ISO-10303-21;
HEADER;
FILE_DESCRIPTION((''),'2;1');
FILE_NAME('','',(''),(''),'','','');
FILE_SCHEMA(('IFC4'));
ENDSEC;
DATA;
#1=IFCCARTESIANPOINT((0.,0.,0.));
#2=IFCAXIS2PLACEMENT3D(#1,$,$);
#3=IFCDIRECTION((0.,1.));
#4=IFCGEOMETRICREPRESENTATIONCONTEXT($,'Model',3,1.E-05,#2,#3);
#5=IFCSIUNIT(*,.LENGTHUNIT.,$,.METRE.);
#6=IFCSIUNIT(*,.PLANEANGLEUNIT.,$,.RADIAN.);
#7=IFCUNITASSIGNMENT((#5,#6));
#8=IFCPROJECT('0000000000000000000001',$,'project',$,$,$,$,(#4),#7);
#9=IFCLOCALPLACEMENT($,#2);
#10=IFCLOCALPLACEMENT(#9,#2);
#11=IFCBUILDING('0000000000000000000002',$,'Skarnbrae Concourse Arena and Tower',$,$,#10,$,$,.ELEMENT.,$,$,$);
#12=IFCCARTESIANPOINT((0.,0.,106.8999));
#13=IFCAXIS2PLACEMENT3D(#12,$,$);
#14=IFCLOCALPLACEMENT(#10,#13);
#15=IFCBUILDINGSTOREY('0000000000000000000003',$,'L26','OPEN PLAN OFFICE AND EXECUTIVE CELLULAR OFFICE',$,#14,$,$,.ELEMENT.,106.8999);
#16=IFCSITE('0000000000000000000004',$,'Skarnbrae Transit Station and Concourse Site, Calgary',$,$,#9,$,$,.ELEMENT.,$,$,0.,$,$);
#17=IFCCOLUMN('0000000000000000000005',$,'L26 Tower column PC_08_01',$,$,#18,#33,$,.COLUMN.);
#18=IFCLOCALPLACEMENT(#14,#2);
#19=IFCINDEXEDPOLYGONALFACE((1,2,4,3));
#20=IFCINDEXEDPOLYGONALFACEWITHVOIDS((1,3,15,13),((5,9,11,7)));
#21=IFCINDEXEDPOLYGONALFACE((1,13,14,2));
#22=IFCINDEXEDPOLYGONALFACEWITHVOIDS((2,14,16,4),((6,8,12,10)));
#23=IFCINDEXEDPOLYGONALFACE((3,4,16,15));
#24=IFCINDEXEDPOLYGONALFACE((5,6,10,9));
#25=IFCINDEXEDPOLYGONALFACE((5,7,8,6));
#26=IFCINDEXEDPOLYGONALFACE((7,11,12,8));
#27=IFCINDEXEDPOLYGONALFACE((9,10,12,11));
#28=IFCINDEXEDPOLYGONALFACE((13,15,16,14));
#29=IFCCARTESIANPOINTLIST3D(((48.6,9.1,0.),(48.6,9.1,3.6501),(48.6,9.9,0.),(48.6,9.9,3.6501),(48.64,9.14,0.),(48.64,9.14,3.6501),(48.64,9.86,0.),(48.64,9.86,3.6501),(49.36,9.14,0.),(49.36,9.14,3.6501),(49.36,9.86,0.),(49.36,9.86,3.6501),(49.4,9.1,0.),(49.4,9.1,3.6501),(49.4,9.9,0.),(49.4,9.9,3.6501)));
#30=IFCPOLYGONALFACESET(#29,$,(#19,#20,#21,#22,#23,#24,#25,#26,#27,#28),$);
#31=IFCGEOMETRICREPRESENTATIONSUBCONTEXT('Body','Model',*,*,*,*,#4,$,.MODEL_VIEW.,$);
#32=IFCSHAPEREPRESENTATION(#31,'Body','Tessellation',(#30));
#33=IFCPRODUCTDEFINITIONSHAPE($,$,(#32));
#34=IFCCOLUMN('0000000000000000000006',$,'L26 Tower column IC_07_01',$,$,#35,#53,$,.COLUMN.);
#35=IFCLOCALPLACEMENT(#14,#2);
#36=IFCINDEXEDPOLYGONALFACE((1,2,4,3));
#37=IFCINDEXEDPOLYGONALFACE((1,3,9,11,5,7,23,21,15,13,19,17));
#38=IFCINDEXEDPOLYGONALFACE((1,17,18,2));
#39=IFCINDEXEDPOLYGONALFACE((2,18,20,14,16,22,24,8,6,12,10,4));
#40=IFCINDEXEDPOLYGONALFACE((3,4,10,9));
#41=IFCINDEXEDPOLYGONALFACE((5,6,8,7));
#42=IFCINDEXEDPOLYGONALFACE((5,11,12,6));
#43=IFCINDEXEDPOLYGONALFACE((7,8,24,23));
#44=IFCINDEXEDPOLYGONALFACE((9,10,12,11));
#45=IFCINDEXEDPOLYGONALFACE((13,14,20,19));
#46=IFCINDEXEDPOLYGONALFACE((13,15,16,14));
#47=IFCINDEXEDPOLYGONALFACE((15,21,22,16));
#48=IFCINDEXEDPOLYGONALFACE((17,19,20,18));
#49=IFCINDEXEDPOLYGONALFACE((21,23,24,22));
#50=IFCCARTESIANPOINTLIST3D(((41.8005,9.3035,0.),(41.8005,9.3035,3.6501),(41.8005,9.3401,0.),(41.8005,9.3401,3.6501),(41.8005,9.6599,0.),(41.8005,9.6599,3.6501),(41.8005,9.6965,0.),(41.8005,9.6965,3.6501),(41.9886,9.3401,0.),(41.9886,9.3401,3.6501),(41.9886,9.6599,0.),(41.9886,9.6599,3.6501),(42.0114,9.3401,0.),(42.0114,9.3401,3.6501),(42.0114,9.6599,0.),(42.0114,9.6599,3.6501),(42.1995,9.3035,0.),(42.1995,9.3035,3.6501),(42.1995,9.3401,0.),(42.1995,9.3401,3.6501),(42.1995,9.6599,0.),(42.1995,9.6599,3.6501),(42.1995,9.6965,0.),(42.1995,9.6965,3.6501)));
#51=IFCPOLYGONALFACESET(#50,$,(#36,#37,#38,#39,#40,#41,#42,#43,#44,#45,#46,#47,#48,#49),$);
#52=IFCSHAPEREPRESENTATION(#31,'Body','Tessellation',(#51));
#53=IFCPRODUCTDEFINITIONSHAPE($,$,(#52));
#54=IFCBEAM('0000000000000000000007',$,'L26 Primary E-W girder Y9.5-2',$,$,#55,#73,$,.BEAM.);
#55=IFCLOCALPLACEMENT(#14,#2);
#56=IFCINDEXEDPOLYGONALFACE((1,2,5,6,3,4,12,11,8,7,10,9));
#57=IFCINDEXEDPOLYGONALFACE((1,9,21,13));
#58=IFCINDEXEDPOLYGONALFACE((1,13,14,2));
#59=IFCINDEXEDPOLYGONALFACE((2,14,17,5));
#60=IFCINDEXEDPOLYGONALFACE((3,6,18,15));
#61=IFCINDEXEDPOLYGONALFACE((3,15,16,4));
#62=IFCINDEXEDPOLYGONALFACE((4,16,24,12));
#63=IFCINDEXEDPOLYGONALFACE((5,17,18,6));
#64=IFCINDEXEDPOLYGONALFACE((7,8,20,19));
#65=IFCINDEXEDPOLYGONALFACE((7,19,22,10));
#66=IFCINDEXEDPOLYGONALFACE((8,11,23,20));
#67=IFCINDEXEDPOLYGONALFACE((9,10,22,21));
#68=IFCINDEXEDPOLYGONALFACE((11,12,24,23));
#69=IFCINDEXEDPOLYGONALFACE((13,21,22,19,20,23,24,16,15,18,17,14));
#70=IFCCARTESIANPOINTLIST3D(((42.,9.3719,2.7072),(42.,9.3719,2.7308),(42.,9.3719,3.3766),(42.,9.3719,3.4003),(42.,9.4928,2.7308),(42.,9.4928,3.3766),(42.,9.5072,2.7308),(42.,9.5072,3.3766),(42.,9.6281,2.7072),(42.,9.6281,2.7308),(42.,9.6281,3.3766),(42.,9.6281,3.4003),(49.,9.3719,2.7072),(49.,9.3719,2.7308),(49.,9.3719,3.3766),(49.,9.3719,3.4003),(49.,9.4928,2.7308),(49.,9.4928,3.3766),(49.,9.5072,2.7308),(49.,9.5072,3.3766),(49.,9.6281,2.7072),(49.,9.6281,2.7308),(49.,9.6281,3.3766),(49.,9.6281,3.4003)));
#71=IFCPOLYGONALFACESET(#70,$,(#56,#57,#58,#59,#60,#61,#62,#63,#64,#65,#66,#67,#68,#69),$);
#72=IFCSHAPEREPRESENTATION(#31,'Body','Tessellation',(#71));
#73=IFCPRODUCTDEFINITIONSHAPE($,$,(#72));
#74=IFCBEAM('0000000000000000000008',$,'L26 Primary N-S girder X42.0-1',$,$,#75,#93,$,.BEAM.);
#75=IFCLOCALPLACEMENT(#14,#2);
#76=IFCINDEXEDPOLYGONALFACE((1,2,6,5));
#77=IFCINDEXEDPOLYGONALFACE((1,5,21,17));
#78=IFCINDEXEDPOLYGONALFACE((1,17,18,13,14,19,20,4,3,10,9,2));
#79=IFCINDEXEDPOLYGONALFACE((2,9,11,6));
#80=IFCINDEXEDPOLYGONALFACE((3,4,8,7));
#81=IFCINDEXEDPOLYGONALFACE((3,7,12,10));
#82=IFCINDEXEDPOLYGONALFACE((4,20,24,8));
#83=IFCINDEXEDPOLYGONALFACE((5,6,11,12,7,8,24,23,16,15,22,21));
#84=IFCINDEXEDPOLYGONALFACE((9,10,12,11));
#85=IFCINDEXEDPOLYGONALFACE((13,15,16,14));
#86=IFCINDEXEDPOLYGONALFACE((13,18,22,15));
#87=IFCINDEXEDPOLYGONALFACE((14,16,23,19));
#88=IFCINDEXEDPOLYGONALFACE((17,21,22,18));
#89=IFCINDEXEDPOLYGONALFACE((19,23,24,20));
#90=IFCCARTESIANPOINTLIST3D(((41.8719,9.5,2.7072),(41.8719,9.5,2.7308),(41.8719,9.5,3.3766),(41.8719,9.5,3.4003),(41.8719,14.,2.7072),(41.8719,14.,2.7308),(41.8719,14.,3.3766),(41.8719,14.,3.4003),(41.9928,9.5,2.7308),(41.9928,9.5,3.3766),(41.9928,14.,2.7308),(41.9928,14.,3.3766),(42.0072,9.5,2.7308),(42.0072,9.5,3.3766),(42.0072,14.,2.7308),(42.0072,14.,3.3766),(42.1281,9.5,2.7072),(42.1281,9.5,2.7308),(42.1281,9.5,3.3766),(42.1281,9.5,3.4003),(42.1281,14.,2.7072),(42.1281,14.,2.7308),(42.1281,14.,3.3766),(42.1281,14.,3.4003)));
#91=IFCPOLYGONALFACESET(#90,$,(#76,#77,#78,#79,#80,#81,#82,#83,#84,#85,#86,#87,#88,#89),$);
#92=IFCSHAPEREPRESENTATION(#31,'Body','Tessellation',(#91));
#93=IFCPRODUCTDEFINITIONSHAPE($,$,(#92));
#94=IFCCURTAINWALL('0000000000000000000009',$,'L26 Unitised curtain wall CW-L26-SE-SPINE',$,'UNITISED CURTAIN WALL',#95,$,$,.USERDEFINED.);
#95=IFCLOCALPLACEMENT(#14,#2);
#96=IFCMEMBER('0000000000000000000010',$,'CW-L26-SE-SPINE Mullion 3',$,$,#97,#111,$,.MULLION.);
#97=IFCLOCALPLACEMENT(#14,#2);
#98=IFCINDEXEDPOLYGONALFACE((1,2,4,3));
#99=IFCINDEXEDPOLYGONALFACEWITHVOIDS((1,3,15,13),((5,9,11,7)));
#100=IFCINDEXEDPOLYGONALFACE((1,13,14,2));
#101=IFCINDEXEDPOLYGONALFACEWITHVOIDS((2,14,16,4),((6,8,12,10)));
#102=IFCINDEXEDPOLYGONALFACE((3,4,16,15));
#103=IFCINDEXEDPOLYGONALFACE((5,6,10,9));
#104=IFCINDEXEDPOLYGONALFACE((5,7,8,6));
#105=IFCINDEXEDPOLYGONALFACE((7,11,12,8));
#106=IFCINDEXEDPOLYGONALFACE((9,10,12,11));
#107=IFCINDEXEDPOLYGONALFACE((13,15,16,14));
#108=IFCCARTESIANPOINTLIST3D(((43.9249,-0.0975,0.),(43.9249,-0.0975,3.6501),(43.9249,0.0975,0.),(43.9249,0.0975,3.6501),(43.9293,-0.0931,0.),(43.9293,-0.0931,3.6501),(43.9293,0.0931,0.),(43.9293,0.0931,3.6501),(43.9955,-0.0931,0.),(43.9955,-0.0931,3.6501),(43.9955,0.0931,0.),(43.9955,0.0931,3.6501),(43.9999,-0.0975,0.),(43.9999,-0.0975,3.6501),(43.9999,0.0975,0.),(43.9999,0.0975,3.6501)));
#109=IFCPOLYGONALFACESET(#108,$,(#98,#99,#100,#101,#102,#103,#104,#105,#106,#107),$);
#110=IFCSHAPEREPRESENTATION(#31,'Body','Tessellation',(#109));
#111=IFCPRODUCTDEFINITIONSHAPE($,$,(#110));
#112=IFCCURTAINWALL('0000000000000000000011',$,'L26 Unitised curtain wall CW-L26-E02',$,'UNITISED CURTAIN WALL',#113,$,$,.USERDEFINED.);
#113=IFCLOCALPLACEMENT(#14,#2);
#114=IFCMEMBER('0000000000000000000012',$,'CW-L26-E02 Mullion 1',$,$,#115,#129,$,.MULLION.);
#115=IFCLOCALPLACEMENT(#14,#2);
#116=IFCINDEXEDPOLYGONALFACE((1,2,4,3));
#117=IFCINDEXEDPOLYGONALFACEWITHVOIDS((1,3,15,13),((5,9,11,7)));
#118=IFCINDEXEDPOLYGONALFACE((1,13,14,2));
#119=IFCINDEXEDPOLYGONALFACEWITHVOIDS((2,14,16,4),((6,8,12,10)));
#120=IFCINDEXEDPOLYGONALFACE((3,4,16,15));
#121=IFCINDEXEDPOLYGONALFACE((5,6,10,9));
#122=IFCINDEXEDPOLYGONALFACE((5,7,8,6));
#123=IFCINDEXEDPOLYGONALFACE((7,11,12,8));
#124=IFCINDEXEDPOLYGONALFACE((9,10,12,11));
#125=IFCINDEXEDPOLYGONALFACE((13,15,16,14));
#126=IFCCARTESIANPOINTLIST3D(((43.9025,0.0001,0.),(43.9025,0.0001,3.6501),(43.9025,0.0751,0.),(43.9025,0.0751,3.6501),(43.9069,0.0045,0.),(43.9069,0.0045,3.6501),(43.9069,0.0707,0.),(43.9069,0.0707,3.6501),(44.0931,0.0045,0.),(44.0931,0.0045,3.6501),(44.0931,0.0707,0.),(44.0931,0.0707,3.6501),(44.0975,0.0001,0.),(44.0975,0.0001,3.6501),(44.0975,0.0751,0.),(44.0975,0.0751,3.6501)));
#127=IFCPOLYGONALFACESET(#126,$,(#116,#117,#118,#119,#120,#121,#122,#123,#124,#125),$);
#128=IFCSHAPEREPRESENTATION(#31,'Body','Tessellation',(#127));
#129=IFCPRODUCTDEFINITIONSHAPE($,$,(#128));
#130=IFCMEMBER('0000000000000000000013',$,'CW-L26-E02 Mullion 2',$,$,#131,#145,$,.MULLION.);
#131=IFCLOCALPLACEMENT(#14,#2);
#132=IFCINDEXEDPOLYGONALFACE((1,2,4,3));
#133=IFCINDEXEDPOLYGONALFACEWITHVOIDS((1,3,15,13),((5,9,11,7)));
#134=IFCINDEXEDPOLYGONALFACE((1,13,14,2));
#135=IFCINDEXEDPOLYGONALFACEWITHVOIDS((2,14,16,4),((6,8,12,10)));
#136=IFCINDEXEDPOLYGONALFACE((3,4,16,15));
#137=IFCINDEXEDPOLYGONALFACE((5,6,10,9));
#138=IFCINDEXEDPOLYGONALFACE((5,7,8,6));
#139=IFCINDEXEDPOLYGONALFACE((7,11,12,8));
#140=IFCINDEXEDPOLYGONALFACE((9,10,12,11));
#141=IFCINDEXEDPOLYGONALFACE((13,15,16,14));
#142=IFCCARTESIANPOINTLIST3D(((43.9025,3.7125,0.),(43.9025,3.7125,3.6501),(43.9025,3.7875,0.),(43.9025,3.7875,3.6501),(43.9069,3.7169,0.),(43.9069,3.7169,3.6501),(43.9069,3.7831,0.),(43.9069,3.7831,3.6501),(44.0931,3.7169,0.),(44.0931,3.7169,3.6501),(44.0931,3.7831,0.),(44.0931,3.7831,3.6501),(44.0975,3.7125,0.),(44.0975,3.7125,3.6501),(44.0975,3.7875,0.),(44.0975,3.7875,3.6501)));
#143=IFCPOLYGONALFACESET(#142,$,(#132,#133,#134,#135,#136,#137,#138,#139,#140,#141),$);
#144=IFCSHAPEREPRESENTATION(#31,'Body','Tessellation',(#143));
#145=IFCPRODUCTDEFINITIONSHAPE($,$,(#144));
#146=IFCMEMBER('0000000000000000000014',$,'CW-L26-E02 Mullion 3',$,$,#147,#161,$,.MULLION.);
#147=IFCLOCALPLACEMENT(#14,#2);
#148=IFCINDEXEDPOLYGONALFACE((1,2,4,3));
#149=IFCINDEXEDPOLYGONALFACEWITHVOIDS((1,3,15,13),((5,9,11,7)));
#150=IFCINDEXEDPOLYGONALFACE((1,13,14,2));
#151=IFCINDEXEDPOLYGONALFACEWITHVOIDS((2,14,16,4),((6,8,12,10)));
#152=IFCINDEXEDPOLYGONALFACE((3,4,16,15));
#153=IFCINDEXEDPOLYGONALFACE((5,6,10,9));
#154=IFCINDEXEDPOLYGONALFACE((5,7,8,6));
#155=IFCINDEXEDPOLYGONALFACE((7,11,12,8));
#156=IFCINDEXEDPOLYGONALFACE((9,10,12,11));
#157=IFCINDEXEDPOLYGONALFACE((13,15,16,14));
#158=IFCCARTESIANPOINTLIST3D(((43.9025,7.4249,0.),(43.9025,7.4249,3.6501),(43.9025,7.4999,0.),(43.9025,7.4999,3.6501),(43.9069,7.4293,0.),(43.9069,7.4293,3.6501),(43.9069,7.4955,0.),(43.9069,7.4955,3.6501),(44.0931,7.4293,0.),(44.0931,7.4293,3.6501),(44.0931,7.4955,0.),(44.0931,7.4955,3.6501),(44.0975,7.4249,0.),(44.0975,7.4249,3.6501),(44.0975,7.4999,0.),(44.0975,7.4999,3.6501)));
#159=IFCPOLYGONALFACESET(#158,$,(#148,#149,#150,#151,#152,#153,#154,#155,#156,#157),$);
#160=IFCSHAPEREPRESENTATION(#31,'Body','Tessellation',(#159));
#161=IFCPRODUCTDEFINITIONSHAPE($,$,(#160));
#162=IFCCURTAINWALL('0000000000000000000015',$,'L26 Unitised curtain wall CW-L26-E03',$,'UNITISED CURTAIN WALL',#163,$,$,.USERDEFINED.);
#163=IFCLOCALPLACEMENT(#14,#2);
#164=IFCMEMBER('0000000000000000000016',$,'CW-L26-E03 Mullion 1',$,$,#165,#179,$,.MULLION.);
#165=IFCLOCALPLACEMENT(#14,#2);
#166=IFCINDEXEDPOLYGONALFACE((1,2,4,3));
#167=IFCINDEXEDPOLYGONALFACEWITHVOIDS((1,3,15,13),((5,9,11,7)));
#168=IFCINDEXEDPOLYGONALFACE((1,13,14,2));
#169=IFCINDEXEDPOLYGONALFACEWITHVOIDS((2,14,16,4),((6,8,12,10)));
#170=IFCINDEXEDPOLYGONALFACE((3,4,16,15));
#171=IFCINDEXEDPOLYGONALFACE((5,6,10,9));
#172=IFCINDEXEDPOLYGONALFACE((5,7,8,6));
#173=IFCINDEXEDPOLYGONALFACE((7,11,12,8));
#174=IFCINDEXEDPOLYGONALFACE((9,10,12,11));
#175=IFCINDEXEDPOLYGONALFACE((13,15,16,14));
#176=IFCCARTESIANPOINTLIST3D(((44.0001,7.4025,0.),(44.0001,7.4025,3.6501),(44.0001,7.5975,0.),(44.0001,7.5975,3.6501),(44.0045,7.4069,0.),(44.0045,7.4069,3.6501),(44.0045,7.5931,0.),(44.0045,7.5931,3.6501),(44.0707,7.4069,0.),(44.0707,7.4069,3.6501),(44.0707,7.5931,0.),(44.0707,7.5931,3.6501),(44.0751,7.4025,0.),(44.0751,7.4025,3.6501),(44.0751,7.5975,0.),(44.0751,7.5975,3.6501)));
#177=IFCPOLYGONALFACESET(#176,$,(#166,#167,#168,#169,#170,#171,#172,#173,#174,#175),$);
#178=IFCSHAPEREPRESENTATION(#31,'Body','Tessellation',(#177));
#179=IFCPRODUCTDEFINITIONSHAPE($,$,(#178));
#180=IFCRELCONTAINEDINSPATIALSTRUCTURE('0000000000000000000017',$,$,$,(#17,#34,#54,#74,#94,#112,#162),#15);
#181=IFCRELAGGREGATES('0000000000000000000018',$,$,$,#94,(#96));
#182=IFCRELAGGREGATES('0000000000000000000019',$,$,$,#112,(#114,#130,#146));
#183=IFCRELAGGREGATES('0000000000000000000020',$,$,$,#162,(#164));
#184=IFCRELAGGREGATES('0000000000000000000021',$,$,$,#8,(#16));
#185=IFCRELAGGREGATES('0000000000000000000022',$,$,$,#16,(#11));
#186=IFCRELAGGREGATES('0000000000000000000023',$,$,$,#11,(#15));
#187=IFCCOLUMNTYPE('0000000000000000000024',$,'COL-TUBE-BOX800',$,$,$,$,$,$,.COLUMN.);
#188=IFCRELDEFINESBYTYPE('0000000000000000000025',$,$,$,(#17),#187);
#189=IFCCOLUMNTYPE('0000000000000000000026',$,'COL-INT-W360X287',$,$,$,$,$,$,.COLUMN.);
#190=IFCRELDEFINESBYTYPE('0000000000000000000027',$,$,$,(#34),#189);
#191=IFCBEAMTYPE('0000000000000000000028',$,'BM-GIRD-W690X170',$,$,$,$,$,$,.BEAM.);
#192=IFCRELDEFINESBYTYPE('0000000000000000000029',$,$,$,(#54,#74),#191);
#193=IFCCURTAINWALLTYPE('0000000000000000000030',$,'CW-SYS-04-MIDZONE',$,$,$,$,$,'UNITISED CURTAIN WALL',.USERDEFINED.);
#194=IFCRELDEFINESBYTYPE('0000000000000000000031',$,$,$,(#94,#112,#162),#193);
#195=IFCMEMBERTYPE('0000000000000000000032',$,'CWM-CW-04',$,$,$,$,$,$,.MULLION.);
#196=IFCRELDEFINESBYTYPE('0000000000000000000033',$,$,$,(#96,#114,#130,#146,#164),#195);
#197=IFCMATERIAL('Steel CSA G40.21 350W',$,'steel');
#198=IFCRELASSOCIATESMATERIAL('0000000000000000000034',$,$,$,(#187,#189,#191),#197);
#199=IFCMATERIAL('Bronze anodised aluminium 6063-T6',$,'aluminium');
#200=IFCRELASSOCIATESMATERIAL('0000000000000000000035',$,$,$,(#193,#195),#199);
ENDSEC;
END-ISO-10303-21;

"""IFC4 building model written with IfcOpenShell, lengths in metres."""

from ifc_helpers import new_model, si_unit, direction, frame, origin, origin_2d, place, context, subcontext, project, spatial, hollow_rectangle, i_section, extrude, source, transform, mapped, material, material_profile, profile_set, type_object, element, aggregate, save


model = new_model("IFC4")

# Units and contexts
model_context = context("Model", 3, precision=1e-05, world=origin(), true_north=direction((0.0, 1.0)))
body_context = subcontext(model_context, "Body", "Model", "MODEL_VIEW")
ifc_project = project(units=[si_unit("LENGTHUNIT", "METRE"), si_unit("PLANEANGLEUNIT", "RADIAN")], contexts=[model_context])

# Site, building, storey
site_placement = place(None, origin())
site = spatial("IfcSite", under=ifc_project, at=site_placement, Name="Skarnbrae Transit Station and Concourse Site, Calgary", CompositionType="ELEMENT", RefElevation=0.0)
building_placement = place(site_placement, origin())
building = spatial("IfcBuilding", under=site, at=building_placement, Name="Skarnbrae Concourse Arena and Tower", CompositionType="ELEMENT")
storey_placement = place(building_placement, frame((0.0, 0.0, 106.8999)))
storey = spatial("IfcBuildingStorey", under=building, at=storey_placement, Name="L26", Description="OPEN PLAN OFFICE AND EXECUTIVE CELLULAR OFFICE", CompositionType="ELEMENT", Elevation=106.8999)

# Columns
ifc_material_1 = material(Name="Steel CSA G40.21 350W", Category="steel")
ifc_material_profile_1 = material_profile(ifc_material_1, hollow_rectangle(XDim=0.8, YDim=0.8, WallThickness=0.04, at=origin_2d()), Name="BOX800X800X40")
ifc_profile_set_1 = profile_set([ifc_material_profile_1], Name="Steel CSA G40.21 350W")
column_type_1 = type_object("IfcColumnType", Name="COL-TUBE-BOX800", PredefinedType="COLUMN", material=ifc_profile_set_1)
shared_shape_1 = source(origin(), body_context, "Body", "SweptSolid", [
    extrude(hollow_rectangle(XDim=0.8, YDim=0.8, WallThickness=0.04, at=origin_2d()), origin(), (0.0, 0.0, 1.0), 3.6501),
])
column_1_placement = place(storey_placement, frame((49.0, 9.5, 0.0), z_axis=(0.0, 0.0, 1.0), x_axis=(1.0, 0.0, 0.0)))
element("IfcColumn", 1, at=column_1_placement, inside=storey, type_object=column_type_1, Name="L26 Tower column PC_08_01", PredefinedType="COLUMN", context=body_context, shape_type="MappedRepresentation", body=[
    mapped(shared_shape_1, transform((0.0, 0.0, 0.0))),
])
ifc_material_profile_2 = material_profile(ifc_material_1, i_section(OverallWidth=0.3989, OverallDepth=0.3931, WebThickness=0.0227, FlangeThickness=0.0366, at=origin_2d()), Name="W360X287")
ifc_profile_set_2 = profile_set([ifc_material_profile_2], Name="Steel CSA G40.21 350W")
column_type_2 = type_object("IfcColumnType", Name="COL-INT-W360X287", PredefinedType="COLUMN", material=ifc_profile_set_2)
shared_shape_2 = source(origin(), body_context, "Body", "SweptSolid", [
    extrude(i_section(OverallWidth=0.3989, OverallDepth=0.3931, WebThickness=0.0227, FlangeThickness=0.0366, at=origin_2d()), origin(), (0.0, 0.0, 1.0), 3.6501),
])
column_2_placement = place(storey_placement, frame((42.0, 9.5, 0.0), z_axis=(0.0, 0.0, 1.0), x_axis=(1.0, 0.0, 0.0)))
element("IfcColumn", 2, at=column_2_placement, inside=storey, type_object=column_type_2, Name="L26 Tower column IC_07_01", PredefinedType="COLUMN", context=body_context, shape_type="MappedRepresentation", body=[
    mapped(shared_shape_2, transform((0.0, 0.0, 0.0))),
])

# Beams
ifc_material_profile_3 = material_profile(ifc_material_1, i_section(OverallWidth=0.2561, OverallDepth=0.6931, WebThickness=0.0144, FlangeThickness=0.0237, at=origin_2d()), Name="W690X170")
ifc_profile_set_3 = profile_set([ifc_material_profile_3], Name="Steel CSA G40.21 350W")
beam_type = type_object("IfcBeamType", Name="BM-GIRD-W690X170", PredefinedType="BEAM", material=ifc_profile_set_3)
shared_shape_3 = source(origin(), body_context, "Body", "SweptSolid", [
    extrude(i_section(OverallWidth=0.2561, OverallDepth=0.6931, WebThickness=0.0144, FlangeThickness=0.0237, at=origin_2d()), origin(), (0.0, 0.0, 1.0), 7.0),
])
beam_1_placement = place(storey_placement, frame((42.0, 9.5, 3.0537), z_axis=(1.0, 0.0, 0.0), x_axis=(0.0, 1.0, 0.0)))
element("IfcBeam", 3, at=beam_1_placement, inside=storey, type_object=beam_type, Name="L26 Primary E-W girder Y9.5-2", PredefinedType="BEAM", context=body_context, shape_type="MappedRepresentation", body=[
    mapped(shared_shape_3, transform((0.0, 0.0, 0.0))),
])
shared_shape_4 = source(origin(), body_context, "Body", "SweptSolid", [
    extrude(i_section(OverallWidth=0.2561, OverallDepth=0.6931, WebThickness=0.0144, FlangeThickness=0.0237, at=origin_2d()), origin(), (0.0, 0.0, 1.0), 4.5),
])
beam_2_placement = place(storey_placement, frame((42.0, 9.5, 3.0537), z_axis=(0.0, 1.0, 0.0), x_axis=(-1.0, 0.0, 0.0)))
element("IfcBeam", 4, at=beam_2_placement, inside=storey, type_object=beam_type, Name="L26 Primary N-S girder X42.0-1", PredefinedType="BEAM", context=body_context, shape_type="MappedRepresentation", body=[
    mapped(shared_shape_4, transform((0.0, 0.0, 0.0))),
])

# Curtain wall, member
ifc_material_2 = material(Name="Bronze anodised aluminium 6063-T6", Category="aluminium")
curtain_wall_type = type_object("IfcCurtainWallType", Name="CW-SYS-04-MIDZONE", ElementType="UNITISED CURTAIN WALL", PredefinedType="USERDEFINED", material=ifc_material_2)
curtain_wall_1_placement = place(storey_placement, origin())
curtain_wall_1 = element("IfcCurtainWall", 5, at=curtain_wall_1_placement, inside=storey, type_object=curtain_wall_type, Name="L26 Unitised curtain wall CW-L26-SE-SPINE", ObjectType="UNITISED CURTAIN WALL", PredefinedType="USERDEFINED")
ifc_material_profile_4 = material_profile(ifc_material_2, hollow_rectangle(XDim=0.075, YDim=0.1951, WallThickness=0.0044, at=origin_2d()), Name="ALU-MULL-75X195")
ifc_profile_set_4 = profile_set([ifc_material_profile_4], Name="Bronze anodised aluminium 6063-T6")
member_type_1 = type_object("IfcMemberType", Name="CWM-CW-04", PredefinedType="MULLION", material=ifc_profile_set_4)
shared_shape_5 = source(origin(), body_context, "Body", "SweptSolid", [
    extrude(hollow_rectangle(XDim=0.075, YDim=0.1951, WallThickness=0.0044, at=origin_2d()), origin(), (0.0, 0.0, 1.0), 3.6501),
])
member_1_placement = place(storey_placement, frame((43.9624, 0.0, 0.0), z_axis=(0.0, 0.0, 1.0), x_axis=(1.0, 0.0, 0.0)))
member_1 = element("IfcMember", 6, at=member_1_placement, type_object=member_type_1, Name="CW-L26-SE-SPINE Mullion 3", PredefinedType="MULLION", context=body_context, shape_type="MappedRepresentation", body=[
    mapped(shared_shape_5, transform((0.0, 0.0, 0.0))),
])

# Curtain walls, members
curtain_wall_2_placement = place(storey_placement, origin())
curtain_wall_2 = element("IfcCurtainWall", 7, at=curtain_wall_2_placement, inside=storey, type_object=curtain_wall_type, Name="L26 Unitised curtain wall CW-L26-E02", ObjectType="UNITISED CURTAIN WALL", PredefinedType="USERDEFINED")
member_2_placement = place(storey_placement, frame((44.0, 0.0376, 0.0), z_axis=(0.0, 0.0, 1.0), x_axis=(0.0, 1.0, 0.0)))
member_2 = element("IfcMember", 8, at=member_2_placement, type_object=member_type_1, Name="CW-L26-E02 Mullion 1", PredefinedType="MULLION", context=body_context, shape_type="MappedRepresentation", body=[
    mapped(shared_shape_5, transform((0.0, 0.0, 0.0))),
])
member_3_placement = place(storey_placement, frame((44.0, 3.75, 0.0), z_axis=(0.0, 0.0, 1.0), x_axis=(0.0, 1.0, 0.0)))
member_3 = element("IfcMember", 9, at=member_3_placement, type_object=member_type_1, Name="CW-L26-E02 Mullion 2", PredefinedType="MULLION", context=body_context, shape_type="MappedRepresentation", body=[
    mapped(shared_shape_5, transform((0.0, 0.0, 0.0))),
])
member_4_placement = place(storey_placement, frame((44.0, 7.4624, 0.0), z_axis=(0.0, 0.0, 1.0), x_axis=(0.0, 1.0, 0.0)))
member_4 = element("IfcMember", 10, at=member_4_placement, type_object=member_type_1, Name="CW-L26-E02 Mullion 3", PredefinedType="MULLION", context=body_context, shape_type="MappedRepresentation", body=[
    mapped(shared_shape_5, transform((0.0, 0.0, 0.0))),
])
curtain_wall_3_placement = place(storey_placement, origin())
curtain_wall_3 = element("IfcCurtainWall", 11, at=curtain_wall_3_placement, inside=storey, type_object=curtain_wall_type, Name="L26 Unitised curtain wall CW-L26-E03", ObjectType="UNITISED CURTAIN WALL", PredefinedType="USERDEFINED")
member_5_placement = place(storey_placement, frame((44.0376, 7.5, 0.0), z_axis=(0.0, 0.0, 1.0), x_axis=(1.0, 0.0, 0.0)))
member_5 = element("IfcMember", 12, at=member_5_placement, type_object=member_type_1, Name="CW-L26-E03 Mullion 1", PredefinedType="MULLION", context=body_context, shape_type="MappedRepresentation", body=[
    mapped(shared_shape_5, transform((0.0, 0.0, 0.0))),
])

aggregate(curtain_wall_1, [member_1])
aggregate(curtain_wall_2, [member_2, member_3, member_4])
aggregate(curtain_wall_3, [member_5])

save(model, "model.ifc")
